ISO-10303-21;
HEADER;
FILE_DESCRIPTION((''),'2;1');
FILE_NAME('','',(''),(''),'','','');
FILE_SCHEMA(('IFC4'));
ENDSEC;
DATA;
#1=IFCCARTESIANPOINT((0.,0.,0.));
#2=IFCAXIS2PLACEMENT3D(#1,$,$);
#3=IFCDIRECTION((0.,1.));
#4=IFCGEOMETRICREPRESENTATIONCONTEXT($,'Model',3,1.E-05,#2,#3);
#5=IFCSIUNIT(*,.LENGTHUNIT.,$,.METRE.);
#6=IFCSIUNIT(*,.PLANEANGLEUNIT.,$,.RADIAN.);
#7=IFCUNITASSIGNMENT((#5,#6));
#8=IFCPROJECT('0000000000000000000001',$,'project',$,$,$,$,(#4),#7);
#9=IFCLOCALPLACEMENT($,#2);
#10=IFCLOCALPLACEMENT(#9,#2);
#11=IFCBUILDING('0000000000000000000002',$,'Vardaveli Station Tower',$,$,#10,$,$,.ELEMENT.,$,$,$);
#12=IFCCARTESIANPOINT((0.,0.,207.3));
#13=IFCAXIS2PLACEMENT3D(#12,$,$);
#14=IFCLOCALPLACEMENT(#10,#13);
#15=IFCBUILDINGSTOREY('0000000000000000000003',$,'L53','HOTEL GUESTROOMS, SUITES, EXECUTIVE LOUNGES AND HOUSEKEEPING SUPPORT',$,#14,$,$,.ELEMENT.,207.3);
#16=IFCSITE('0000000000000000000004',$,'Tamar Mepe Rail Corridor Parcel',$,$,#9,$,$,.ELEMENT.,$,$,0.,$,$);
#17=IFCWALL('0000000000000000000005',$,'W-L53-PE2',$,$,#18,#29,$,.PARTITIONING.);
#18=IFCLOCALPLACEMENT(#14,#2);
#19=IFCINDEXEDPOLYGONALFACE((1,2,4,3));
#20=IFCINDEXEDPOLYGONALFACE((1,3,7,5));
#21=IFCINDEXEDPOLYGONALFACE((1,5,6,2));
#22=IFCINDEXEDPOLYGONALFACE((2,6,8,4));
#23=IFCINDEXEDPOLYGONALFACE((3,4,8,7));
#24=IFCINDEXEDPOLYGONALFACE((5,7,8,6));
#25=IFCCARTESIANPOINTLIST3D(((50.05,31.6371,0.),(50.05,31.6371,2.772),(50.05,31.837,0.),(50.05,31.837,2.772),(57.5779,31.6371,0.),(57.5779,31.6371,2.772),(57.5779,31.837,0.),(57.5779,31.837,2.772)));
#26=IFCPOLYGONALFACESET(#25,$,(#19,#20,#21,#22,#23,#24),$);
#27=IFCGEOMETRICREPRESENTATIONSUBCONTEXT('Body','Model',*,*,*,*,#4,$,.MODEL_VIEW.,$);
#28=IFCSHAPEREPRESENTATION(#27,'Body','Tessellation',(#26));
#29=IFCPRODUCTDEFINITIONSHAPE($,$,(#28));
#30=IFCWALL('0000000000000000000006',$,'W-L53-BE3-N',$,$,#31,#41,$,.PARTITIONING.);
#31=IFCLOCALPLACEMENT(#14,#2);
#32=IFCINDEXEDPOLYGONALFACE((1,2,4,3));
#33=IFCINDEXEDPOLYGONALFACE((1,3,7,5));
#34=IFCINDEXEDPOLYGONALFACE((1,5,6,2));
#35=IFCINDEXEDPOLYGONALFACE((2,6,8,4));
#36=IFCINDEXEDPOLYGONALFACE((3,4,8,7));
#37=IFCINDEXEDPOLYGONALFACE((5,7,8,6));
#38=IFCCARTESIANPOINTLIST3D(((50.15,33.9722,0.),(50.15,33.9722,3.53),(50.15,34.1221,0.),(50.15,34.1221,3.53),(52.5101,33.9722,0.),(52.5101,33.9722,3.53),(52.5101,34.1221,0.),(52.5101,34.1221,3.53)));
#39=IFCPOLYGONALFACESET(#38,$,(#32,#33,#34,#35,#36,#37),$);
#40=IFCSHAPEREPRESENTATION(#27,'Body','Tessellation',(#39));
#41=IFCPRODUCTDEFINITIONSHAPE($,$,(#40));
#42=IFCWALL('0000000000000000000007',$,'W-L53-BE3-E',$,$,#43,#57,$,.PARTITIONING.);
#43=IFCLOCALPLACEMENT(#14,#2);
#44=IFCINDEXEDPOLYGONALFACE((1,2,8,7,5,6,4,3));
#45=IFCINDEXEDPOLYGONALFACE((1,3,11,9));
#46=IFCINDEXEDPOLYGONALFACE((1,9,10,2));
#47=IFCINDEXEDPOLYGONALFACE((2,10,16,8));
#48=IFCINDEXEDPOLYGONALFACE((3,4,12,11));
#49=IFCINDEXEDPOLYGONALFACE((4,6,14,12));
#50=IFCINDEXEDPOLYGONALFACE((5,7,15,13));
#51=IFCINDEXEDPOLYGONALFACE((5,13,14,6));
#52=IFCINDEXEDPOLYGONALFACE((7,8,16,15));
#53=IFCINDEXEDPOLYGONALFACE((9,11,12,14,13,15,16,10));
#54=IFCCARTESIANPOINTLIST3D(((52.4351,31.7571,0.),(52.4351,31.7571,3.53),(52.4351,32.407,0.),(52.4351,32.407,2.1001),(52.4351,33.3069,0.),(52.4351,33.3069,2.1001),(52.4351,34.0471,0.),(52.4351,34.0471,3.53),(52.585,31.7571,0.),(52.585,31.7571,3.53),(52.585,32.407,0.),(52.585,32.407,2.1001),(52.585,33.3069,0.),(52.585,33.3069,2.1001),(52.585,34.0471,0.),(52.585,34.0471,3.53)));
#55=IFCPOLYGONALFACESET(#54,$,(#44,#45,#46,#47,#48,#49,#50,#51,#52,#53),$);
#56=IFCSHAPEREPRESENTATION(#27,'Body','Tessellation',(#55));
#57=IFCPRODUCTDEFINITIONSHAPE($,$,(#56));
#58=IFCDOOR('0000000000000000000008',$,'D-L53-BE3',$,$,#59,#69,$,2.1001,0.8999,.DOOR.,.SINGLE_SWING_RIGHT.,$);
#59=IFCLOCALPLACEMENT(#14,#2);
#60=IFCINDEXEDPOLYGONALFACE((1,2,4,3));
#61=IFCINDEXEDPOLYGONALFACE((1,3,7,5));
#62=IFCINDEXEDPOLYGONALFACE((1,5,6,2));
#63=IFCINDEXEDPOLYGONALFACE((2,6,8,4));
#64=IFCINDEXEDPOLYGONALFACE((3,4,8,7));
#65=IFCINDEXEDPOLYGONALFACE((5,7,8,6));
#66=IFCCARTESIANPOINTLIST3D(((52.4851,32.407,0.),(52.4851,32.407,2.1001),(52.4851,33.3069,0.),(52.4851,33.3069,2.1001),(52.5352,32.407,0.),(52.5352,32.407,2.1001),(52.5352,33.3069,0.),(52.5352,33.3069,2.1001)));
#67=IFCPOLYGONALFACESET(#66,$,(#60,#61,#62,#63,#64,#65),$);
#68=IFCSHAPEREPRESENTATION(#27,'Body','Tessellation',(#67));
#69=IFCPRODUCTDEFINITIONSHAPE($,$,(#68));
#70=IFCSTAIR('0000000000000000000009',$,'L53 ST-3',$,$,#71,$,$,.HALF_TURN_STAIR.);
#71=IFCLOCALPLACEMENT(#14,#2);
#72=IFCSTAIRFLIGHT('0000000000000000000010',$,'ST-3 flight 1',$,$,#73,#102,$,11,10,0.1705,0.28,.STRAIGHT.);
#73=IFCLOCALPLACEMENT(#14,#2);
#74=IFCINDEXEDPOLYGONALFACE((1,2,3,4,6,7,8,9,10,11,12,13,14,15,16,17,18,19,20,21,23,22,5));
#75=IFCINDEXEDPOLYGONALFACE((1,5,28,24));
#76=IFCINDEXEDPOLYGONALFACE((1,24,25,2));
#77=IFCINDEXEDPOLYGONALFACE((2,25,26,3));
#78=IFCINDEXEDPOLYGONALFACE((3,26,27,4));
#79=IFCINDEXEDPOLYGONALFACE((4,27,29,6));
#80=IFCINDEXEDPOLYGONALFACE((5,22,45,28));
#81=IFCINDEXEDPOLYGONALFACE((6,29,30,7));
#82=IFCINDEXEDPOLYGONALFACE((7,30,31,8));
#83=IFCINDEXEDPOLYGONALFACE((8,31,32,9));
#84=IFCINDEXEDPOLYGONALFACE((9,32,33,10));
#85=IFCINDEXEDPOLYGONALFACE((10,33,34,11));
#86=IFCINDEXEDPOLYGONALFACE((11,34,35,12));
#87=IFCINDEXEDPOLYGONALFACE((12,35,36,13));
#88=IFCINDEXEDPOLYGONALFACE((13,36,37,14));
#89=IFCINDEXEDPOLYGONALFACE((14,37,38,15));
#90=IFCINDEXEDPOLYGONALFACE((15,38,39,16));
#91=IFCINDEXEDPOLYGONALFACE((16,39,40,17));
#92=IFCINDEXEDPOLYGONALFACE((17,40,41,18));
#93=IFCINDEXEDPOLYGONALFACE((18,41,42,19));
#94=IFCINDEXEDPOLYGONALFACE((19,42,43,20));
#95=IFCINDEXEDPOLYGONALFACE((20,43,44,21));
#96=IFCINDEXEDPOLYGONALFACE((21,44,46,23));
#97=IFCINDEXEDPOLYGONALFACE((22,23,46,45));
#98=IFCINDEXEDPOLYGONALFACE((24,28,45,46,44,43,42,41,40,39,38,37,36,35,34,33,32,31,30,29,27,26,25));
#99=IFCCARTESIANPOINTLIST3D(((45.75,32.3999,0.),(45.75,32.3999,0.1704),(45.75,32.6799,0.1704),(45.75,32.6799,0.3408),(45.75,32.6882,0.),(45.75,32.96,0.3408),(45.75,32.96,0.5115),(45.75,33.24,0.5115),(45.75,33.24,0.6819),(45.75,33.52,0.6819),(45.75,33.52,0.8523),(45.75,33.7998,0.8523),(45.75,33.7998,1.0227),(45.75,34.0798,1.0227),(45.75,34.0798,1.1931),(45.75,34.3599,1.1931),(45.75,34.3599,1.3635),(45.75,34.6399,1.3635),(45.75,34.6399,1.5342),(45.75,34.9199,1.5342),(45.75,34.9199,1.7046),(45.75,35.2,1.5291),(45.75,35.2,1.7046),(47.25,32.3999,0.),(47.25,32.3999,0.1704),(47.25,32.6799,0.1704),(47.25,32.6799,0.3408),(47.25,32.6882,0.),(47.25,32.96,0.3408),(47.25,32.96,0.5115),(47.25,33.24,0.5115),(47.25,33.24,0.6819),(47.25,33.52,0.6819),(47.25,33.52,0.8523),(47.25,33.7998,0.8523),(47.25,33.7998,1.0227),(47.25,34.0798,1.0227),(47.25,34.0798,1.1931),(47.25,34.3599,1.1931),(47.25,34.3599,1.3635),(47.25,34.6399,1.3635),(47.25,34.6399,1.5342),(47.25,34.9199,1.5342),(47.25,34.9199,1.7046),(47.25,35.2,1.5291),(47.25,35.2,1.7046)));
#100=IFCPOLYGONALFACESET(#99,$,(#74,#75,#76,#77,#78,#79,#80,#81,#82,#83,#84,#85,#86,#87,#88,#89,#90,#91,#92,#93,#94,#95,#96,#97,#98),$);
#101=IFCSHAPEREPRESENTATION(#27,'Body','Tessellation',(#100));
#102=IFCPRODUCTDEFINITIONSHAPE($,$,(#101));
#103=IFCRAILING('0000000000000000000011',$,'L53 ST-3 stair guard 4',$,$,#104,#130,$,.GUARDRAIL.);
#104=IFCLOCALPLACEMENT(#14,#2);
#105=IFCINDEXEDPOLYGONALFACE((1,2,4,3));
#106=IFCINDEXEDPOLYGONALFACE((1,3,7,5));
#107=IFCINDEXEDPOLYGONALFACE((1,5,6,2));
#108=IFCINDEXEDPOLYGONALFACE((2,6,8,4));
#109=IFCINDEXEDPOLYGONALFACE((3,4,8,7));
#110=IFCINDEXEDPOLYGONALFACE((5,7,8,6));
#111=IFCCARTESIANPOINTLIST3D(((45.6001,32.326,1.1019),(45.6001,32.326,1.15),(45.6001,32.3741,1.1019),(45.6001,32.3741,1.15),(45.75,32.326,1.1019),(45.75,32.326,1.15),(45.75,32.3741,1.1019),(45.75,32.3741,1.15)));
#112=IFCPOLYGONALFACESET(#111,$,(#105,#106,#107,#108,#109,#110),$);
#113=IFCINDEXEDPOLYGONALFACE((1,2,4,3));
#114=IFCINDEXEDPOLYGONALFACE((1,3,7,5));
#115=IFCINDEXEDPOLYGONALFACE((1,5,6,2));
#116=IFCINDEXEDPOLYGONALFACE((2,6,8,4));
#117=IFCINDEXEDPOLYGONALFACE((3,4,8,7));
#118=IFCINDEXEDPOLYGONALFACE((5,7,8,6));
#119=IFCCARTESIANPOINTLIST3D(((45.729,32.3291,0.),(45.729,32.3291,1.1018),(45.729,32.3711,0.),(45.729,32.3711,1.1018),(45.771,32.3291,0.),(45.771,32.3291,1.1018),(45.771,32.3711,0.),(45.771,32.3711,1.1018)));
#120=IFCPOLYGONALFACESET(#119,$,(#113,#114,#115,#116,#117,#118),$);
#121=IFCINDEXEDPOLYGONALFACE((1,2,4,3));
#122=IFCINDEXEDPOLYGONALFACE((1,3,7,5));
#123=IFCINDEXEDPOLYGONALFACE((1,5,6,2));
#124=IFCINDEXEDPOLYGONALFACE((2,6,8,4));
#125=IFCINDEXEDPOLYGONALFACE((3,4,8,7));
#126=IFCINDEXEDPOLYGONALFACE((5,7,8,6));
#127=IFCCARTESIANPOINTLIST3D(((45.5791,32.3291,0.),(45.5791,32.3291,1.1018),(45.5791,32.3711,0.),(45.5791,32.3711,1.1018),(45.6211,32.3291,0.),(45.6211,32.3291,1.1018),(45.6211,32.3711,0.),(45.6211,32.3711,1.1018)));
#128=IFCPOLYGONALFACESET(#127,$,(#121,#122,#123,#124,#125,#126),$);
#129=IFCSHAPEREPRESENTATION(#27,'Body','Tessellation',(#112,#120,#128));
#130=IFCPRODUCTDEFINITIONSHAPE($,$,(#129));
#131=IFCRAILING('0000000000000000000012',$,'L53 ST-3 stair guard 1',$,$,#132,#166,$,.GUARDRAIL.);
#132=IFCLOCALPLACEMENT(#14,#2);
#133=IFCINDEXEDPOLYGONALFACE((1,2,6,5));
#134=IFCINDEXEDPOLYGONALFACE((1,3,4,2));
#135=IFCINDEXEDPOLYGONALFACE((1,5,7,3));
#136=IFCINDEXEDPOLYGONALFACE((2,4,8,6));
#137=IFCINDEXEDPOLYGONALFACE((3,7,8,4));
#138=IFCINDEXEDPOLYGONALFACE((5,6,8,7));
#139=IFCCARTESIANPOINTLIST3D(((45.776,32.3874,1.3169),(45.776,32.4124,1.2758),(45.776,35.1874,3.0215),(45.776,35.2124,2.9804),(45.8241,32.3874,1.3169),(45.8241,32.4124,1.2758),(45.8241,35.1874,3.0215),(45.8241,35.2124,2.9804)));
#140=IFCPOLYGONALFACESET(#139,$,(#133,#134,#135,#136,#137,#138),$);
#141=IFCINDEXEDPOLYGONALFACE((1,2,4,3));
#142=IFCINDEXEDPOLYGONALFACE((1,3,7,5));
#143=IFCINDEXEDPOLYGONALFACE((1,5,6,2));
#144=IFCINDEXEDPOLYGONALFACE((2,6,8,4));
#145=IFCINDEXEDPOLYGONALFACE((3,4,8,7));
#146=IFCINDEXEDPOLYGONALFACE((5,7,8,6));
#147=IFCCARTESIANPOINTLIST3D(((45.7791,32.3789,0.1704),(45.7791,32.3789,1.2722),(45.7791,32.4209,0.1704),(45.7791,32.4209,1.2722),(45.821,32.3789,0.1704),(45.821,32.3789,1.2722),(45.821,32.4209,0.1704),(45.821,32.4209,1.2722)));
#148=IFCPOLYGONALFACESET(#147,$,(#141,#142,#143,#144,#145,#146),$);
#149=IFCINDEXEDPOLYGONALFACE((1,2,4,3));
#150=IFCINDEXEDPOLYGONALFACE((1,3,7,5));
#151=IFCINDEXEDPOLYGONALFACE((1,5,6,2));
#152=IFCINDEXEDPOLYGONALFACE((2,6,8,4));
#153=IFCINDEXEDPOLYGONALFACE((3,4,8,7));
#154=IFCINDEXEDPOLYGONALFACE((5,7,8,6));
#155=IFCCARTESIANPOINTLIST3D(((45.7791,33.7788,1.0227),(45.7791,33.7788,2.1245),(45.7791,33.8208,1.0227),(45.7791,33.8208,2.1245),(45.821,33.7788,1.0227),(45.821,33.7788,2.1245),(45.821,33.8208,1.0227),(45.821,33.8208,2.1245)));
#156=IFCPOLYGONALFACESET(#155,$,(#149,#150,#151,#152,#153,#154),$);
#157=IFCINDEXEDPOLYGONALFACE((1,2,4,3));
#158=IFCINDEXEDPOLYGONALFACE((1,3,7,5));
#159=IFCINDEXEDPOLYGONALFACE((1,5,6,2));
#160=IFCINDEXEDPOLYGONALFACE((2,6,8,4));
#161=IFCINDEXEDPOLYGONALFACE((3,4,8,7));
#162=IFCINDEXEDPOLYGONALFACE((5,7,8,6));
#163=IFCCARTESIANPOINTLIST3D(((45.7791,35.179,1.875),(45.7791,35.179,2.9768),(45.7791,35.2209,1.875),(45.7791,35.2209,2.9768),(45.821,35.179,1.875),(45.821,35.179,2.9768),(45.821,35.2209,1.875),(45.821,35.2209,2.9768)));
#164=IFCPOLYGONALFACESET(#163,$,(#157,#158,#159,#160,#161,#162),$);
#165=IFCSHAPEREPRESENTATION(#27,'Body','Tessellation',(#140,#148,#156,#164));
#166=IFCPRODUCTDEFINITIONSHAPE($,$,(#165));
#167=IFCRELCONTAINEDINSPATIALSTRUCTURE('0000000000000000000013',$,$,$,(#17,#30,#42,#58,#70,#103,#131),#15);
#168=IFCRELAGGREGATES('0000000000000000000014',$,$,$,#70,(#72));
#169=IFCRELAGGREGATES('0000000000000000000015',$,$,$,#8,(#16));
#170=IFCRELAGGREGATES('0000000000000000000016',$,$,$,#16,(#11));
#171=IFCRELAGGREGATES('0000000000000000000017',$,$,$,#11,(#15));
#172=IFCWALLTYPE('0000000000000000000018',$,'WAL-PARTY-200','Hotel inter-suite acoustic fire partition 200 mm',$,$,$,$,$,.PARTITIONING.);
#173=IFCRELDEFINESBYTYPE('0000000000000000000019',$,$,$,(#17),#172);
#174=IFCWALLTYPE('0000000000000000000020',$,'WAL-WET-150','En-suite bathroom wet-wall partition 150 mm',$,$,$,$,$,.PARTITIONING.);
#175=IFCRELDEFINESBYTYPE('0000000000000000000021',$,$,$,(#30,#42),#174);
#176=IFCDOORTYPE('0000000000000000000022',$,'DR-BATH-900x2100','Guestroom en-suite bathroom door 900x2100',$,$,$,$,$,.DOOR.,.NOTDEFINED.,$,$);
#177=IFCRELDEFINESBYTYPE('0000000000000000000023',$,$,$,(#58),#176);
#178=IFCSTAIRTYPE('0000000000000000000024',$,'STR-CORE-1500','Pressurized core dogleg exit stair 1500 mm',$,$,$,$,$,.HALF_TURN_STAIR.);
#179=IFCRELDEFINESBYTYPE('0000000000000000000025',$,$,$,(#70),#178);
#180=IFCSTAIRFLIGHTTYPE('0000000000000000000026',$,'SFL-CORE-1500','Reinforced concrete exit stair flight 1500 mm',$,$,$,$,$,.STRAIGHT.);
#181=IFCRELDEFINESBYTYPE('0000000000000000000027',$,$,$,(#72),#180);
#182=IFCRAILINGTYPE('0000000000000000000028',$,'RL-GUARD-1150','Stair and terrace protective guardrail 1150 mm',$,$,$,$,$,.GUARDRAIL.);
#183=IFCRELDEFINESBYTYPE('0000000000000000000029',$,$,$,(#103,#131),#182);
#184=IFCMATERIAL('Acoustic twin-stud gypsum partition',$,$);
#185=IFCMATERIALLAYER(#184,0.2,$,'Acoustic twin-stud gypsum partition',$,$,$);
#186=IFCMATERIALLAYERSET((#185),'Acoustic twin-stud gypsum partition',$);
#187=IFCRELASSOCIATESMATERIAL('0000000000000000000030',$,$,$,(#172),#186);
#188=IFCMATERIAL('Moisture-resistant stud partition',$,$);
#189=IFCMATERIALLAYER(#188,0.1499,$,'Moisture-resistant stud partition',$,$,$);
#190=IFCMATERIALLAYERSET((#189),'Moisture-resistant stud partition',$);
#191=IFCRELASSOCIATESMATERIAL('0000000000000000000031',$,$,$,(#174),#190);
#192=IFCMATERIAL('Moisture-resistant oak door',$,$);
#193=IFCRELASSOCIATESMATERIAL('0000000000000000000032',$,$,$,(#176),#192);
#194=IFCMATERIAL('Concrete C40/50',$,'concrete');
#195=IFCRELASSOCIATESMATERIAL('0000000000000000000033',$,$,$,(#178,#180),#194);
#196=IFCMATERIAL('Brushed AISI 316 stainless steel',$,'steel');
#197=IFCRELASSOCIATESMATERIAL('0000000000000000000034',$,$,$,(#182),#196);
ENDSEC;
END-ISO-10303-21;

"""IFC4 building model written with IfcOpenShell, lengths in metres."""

from ifc_helpers import new_model, si_unit, direction, frame, frame_2d, origin, origin_2d, place, context, subcontext, project, spatial, polyline, rectangle, outline, extrude, source, transform, mapped, material, layer, layer_set, type_object, element, fill, aggregate, save


model = new_model("IFC4")

# Units and contexts
model_context = context("Model", 3, precision=1e-05, world=origin(), true_north=direction((0.0, 1.0)))
body_context = subcontext(model_context, "Body", "Model", "MODEL_VIEW")
ifc_project = project(units=[si_unit("LENGTHUNIT", "METRE"), si_unit("PLANEANGLEUNIT", "RADIAN")], contexts=[model_context])

# Site, building, storey
site_placement = place(None, origin())
site = spatial("IfcSite", under=ifc_project, at=site_placement, Name="Tamar Mepe Rail Corridor Parcel", CompositionType="ELEMENT", RefElevation=0.0)
building_placement = place(site_placement, origin())
building = spatial("IfcBuilding", under=site, at=building_placement, Name="Vardaveli Station Tower", CompositionType="ELEMENT")
storey_placement = place(building_placement, frame((0.0, 0.0, 207.3)))
storey = spatial("IfcBuildingStorey", under=building, at=storey_placement, Name="L53", Description="HOTEL GUESTROOMS, SUITES, EXECUTIVE LOUNGES AND HOUSEKEEPING SUPPORT", CompositionType="ELEMENT", Elevation=207.3)

# Shared definitions
ifc_material_1 = material(Name="Concrete C40/50", Category="concrete")

# Walls
ifc_material_2 = material(Name="Acoustic twin-stud gypsum partition")
ifc_layer_1 = layer(ifc_material_2, 0.2, Name="Acoustic twin-stud gypsum partition")
ifc_layer_set_1 = layer_set([ifc_layer_1], Name="Acoustic twin-stud gypsum partition")
wall_type_1 = type_object("IfcWallType", Name="WAL-PARTY-200", Description="Hotel inter-suite acoustic fire partition 200 mm", PredefinedType="PARTITIONING", material=ifc_layer_set_1)
shared_shape_1 = source(origin(), body_context, "Body", "SweptSolid", [
    extrude(rectangle(XDim=7.5278, YDim=0.2, at=frame_2d((3.7639, 0.0))), origin(), (0.0, 0.0, 1.0), 2.772),
])
wall_1_placement = place(storey_placement, frame((50.05, 31.7371, 0.0), z_axis=(0.0, 0.0, 1.0), x_axis=(1.0, 0.0, 0.0)))
element("IfcWall", 1, at=wall_1_placement, inside=storey, type_object=wall_type_1, Name="W-L53-PE2", PredefinedType="PARTITIONING", context=body_context, shape_type="MappedRepresentation", body=[
    mapped(shared_shape_1, transform((0.0, 0.0, 0.0), scale=1.0)),
])
ifc_material_3 = material(Name="Moisture-resistant stud partition")
ifc_layer_2 = layer(ifc_material_3, 0.1499, Name="Moisture-resistant stud partition")
ifc_layer_set_2 = layer_set([ifc_layer_2], Name="Moisture-resistant stud partition")
wall_type_2 = type_object("IfcWallType", Name="WAL-WET-150", Description="En-suite bathroom wet-wall partition 150 mm", PredefinedType="PARTITIONING", material=ifc_layer_set_2)
shared_shape_2 = source(origin(), body_context, "Body", "SweptSolid", [
    extrude(rectangle(XDim=2.3601, YDim=0.1499, at=frame_2d((1.1802, 0.0))), origin(), (0.0, 0.0, 1.0), 3.53),
])
wall_2_placement = place(storey_placement, frame((50.1499, 34.0471, 0.0), z_axis=(0.0, 0.0, 1.0), x_axis=(1.0, 0.0, 0.0)))
element("IfcWall", 2, at=wall_2_placement, inside=storey, type_object=wall_type_2, Name="W-L53-BE3-N", PredefinedType="PARTITIONING", context=body_context, shape_type="MappedRepresentation", body=[
    mapped(shared_shape_2, transform((0.0, 0.0, 0.0), scale=1.0)),
])

# Wall, opening, door
shared_shape_3 = source(origin(), body_context, "Body", "SweptSolid", [
    extrude(rectangle(XDim=2.29, YDim=0.1499, at=frame_2d((1.145, 0.0))), origin(), (0.0, 0.0, 1.0), 3.53),
])
wall_3_placement = place(storey_placement, frame((52.51, 31.7571, 0.0), z_axis=(0.0, 0.0, 1.0), x_axis=(0.0, 1.0, 0.0)))
wall_3 = element("IfcWall", 3, at=wall_3_placement, inside=storey, type_object=wall_type_2, Name="W-L53-BE3-E", PredefinedType="PARTITIONING", context=body_context, shape_type="MappedRepresentation", body=[
    mapped(shared_shape_3, transform((0.0, 0.0, 0.0), scale=1.0)),
])
shared_shape_4 = source(origin(), body_context, "Body", "SweptSolid", [
    extrude(rectangle(XDim=0.8999, YDim=2.1001, at=frame_2d((0.45, 1.05))), frame((0.0, 0.085, 0.0), z_axis=(0.0, -1.0, 0.0), x_axis=(1.0, 0.0, 0.0)), (0.0, 0.0, 1.0), 0.1699),
])
opening_1_placement = place(wall_3_placement, frame((0.6499, 0.0, 0.0)))
opening_1 = element("IfcOpeningElement", 4, at=opening_1_placement, cuts=wall_3, PredefinedType="OPENING", context=body_context, shape_type="MappedRepresentation", body=[
    mapped(shared_shape_4, transform((0.0, 0.0, 0.0), scale=1.0)),
])
ifc_material_4 = material(Name="Moisture-resistant oak door")
door_type_1 = type_object("IfcDoorType", Name="DR-BATH-900x2100", Description="Guestroom en-suite bathroom door 900x2100", OperationType="NOTDEFINED", PredefinedType="DOOR", material=ifc_material_4)
shared_shape_5 = source(origin(), body_context, "Body", "SweptSolid", [
    extrude(rectangle(XDim=0.8999, YDim=2.1001, at=frame_2d((0.45, 1.05))), frame((0.0, 0.0249, 0.0), z_axis=(0.0, -1.0, 0.0), x_axis=(1.0, 0.0, 0.0)), (0.0, 0.0, 1.0), 0.05),
])
door_1_placement = place(opening_1_placement, origin())
door_1 = element("IfcDoor", 5, at=door_1_placement, inside=storey, type_object=door_type_1, Name="D-L53-BE3", OperationType="SINGLE_SWING_RIGHT", OverallHeight=2.1001, OverallWidth=0.8999, PredefinedType="DOOR", context=body_context, shape_type="MappedRepresentation", body=[
    mapped(shared_shape_5, transform((0.0, 0.0, 0.0), scale=1.0)),
])
fill(opening_1, door_1)

# Stair, stair flight
stair_type = type_object("IfcStairType", Name="STR-CORE-1500", Description="Pressurized core dogleg exit stair 1500 mm", PredefinedType="HALF_TURN_STAIR", material=ifc_material_1)
stair_placement = place(storey_placement, origin())
stair = element("IfcStair", 6, at=stair_placement, inside=storey, type_object=stair_type, Name="L53 ST-3", PredefinedType="HALF_TURN_STAIR")
stair_flight_type = type_object("IfcStairFlightType", Name="SFL-CORE-1500", Description="Reinforced concrete exit stair flight 1500 mm", PredefinedType="STRAIGHT", material=ifc_material_1)
shared_shape_6 = source(origin(), body_context, "Body", "SweptSolid", [
    extrude(outline(polyline([(0.0, 0.0), (0.0, 0.1704), (0.28, 0.1704), (0.28, 0.3408), (0.5601, 0.3408), (0.5601, 0.5115), (0.8401, 0.5115), (0.8401, 0.6819), (1.1201, 0.6819), (1.1201, 0.8523), (1.3999, 0.8523), (1.3999, 1.0227), (1.6799, 1.0227), (1.6799, 1.1931), (1.96, 1.1931), (1.96, 1.3635), (2.24, 1.3635), (2.24, 1.5342), (2.52, 1.5342), (2.52, 1.7046), (2.8, 1.7046), (2.8, 1.875), (2.8, 1.5291), (0.2883, 0.0), (0.0, 0.0)])), frame((0.0, 0.75, 0.0), z_axis=(0.0, -1.0, 0.0), x_axis=(1.0, 0.0, 0.0)), (0.0, 0.0, 1.0), 1.5),
])
stair_flight_placement = place(storey_placement, frame((46.5, 32.3999, 0.0), z_axis=(0.0, 0.0, 1.0), x_axis=(0.0, 1.0, 0.0)))
stair_flight = element("IfcStairFlight", 7, at=stair_flight_placement, type_object=stair_flight_type, Name="ST-3 flight 1", NumberOfRisers=11, NumberOfTreads=10, PredefinedType="STRAIGHT", RiserHeight=0.1705, TreadLength=0.28, context=body_context, shape_type="MappedRepresentation", body=[
    mapped(shared_shape_6, transform((0.0, 0.0, 0.0), scale=1.0)),
])
aggregate(stair, [stair_flight])

# Railings
ifc_material_5 = material(Name="Brushed AISI 316 stainless steel", Category="steel")
railing_type_1 = type_object("IfcRailingType", Name="RL-GUARD-1150", Description="Stair and terrace protective guardrail 1150 mm", PredefinedType="GUARDRAIL", material=ifc_material_5)
shared_shape_7 = source(origin(), body_context, "Body", "SweptSolid", [
    extrude(rectangle(XDim=0.0481, YDim=0.0481, at=origin_2d()), frame((0.0, 0.0, 1.126), z_axis=(-1.0, 0.0, 0.0), x_axis=(0.0, -1.0, 0.0)), (0.0, 0.0, 1.0), 0.1499),
    extrude(rectangle(XDim=0.042, YDim=0.042, at=origin_2d()), origin(), (0.0, 0.0, 1.0), 1.1018),
    extrude(rectangle(XDim=0.042, YDim=0.042, at=origin_2d()), frame((-0.1499, 0.0, 0.0)), (0.0, 0.0, 1.0), 1.1018),
])
railing_1_placement = place(storey_placement, frame((45.75, 32.3501, 0.0)))
element("IfcRailing", 8, at=railing_1_placement, inside=storey, type_object=railing_type_1, Name="L53 ST-3 stair guard 4", PredefinedType="GUARDRAIL", context=body_context, shape_type="MappedRepresentation", body=[
    mapped(shared_shape_7, transform((0.0, 0.0, 0.0), scale=1.0)),
])
shared_shape_8 = source(origin(), body_context, "Body", "SweptSolid", [
    extrude(rectangle(XDim=0.0481, YDim=0.0481, at=origin_2d()), frame((0.0, 0.0, 1.126), z_axis=(0.0, 0.85417, 0.519994), x_axis=(-1.0, 0.0, 0.0)), (0.0, 0.0, 1.0), 3.2781),
    extrude(rectangle(XDim=0.042, YDim=0.042, at=origin_2d()), origin(), (0.0, 0.0, 1.0), 1.1018),
    extrude(rectangle(XDim=0.042, YDim=0.042, at=origin_2d()), frame((0.0, 1.3999, 0.8523)), (0.0, 0.0, 1.0), 1.1018),
    extrude(rectangle(XDim=0.042, YDim=0.042, at=origin_2d()), frame((0.0, 2.8, 1.7046)), (0.0, 0.0, 1.0), 1.1018),
])
railing_2_placement = place(storey_placement, frame((45.8, 32.3999, 0.1704)))
element("IfcRailing", 9, at=railing_2_placement, inside=storey, type_object=railing_type_1, Name="L53 ST-3 stair guard 1", PredefinedType="GUARDRAIL", context=body_context, shape_type="MappedRepresentation", body=[
    mapped(shared_shape_8, transform((0.0, 0.0, 0.0), scale=1.0)),
])

save(model, "model.ifc")
